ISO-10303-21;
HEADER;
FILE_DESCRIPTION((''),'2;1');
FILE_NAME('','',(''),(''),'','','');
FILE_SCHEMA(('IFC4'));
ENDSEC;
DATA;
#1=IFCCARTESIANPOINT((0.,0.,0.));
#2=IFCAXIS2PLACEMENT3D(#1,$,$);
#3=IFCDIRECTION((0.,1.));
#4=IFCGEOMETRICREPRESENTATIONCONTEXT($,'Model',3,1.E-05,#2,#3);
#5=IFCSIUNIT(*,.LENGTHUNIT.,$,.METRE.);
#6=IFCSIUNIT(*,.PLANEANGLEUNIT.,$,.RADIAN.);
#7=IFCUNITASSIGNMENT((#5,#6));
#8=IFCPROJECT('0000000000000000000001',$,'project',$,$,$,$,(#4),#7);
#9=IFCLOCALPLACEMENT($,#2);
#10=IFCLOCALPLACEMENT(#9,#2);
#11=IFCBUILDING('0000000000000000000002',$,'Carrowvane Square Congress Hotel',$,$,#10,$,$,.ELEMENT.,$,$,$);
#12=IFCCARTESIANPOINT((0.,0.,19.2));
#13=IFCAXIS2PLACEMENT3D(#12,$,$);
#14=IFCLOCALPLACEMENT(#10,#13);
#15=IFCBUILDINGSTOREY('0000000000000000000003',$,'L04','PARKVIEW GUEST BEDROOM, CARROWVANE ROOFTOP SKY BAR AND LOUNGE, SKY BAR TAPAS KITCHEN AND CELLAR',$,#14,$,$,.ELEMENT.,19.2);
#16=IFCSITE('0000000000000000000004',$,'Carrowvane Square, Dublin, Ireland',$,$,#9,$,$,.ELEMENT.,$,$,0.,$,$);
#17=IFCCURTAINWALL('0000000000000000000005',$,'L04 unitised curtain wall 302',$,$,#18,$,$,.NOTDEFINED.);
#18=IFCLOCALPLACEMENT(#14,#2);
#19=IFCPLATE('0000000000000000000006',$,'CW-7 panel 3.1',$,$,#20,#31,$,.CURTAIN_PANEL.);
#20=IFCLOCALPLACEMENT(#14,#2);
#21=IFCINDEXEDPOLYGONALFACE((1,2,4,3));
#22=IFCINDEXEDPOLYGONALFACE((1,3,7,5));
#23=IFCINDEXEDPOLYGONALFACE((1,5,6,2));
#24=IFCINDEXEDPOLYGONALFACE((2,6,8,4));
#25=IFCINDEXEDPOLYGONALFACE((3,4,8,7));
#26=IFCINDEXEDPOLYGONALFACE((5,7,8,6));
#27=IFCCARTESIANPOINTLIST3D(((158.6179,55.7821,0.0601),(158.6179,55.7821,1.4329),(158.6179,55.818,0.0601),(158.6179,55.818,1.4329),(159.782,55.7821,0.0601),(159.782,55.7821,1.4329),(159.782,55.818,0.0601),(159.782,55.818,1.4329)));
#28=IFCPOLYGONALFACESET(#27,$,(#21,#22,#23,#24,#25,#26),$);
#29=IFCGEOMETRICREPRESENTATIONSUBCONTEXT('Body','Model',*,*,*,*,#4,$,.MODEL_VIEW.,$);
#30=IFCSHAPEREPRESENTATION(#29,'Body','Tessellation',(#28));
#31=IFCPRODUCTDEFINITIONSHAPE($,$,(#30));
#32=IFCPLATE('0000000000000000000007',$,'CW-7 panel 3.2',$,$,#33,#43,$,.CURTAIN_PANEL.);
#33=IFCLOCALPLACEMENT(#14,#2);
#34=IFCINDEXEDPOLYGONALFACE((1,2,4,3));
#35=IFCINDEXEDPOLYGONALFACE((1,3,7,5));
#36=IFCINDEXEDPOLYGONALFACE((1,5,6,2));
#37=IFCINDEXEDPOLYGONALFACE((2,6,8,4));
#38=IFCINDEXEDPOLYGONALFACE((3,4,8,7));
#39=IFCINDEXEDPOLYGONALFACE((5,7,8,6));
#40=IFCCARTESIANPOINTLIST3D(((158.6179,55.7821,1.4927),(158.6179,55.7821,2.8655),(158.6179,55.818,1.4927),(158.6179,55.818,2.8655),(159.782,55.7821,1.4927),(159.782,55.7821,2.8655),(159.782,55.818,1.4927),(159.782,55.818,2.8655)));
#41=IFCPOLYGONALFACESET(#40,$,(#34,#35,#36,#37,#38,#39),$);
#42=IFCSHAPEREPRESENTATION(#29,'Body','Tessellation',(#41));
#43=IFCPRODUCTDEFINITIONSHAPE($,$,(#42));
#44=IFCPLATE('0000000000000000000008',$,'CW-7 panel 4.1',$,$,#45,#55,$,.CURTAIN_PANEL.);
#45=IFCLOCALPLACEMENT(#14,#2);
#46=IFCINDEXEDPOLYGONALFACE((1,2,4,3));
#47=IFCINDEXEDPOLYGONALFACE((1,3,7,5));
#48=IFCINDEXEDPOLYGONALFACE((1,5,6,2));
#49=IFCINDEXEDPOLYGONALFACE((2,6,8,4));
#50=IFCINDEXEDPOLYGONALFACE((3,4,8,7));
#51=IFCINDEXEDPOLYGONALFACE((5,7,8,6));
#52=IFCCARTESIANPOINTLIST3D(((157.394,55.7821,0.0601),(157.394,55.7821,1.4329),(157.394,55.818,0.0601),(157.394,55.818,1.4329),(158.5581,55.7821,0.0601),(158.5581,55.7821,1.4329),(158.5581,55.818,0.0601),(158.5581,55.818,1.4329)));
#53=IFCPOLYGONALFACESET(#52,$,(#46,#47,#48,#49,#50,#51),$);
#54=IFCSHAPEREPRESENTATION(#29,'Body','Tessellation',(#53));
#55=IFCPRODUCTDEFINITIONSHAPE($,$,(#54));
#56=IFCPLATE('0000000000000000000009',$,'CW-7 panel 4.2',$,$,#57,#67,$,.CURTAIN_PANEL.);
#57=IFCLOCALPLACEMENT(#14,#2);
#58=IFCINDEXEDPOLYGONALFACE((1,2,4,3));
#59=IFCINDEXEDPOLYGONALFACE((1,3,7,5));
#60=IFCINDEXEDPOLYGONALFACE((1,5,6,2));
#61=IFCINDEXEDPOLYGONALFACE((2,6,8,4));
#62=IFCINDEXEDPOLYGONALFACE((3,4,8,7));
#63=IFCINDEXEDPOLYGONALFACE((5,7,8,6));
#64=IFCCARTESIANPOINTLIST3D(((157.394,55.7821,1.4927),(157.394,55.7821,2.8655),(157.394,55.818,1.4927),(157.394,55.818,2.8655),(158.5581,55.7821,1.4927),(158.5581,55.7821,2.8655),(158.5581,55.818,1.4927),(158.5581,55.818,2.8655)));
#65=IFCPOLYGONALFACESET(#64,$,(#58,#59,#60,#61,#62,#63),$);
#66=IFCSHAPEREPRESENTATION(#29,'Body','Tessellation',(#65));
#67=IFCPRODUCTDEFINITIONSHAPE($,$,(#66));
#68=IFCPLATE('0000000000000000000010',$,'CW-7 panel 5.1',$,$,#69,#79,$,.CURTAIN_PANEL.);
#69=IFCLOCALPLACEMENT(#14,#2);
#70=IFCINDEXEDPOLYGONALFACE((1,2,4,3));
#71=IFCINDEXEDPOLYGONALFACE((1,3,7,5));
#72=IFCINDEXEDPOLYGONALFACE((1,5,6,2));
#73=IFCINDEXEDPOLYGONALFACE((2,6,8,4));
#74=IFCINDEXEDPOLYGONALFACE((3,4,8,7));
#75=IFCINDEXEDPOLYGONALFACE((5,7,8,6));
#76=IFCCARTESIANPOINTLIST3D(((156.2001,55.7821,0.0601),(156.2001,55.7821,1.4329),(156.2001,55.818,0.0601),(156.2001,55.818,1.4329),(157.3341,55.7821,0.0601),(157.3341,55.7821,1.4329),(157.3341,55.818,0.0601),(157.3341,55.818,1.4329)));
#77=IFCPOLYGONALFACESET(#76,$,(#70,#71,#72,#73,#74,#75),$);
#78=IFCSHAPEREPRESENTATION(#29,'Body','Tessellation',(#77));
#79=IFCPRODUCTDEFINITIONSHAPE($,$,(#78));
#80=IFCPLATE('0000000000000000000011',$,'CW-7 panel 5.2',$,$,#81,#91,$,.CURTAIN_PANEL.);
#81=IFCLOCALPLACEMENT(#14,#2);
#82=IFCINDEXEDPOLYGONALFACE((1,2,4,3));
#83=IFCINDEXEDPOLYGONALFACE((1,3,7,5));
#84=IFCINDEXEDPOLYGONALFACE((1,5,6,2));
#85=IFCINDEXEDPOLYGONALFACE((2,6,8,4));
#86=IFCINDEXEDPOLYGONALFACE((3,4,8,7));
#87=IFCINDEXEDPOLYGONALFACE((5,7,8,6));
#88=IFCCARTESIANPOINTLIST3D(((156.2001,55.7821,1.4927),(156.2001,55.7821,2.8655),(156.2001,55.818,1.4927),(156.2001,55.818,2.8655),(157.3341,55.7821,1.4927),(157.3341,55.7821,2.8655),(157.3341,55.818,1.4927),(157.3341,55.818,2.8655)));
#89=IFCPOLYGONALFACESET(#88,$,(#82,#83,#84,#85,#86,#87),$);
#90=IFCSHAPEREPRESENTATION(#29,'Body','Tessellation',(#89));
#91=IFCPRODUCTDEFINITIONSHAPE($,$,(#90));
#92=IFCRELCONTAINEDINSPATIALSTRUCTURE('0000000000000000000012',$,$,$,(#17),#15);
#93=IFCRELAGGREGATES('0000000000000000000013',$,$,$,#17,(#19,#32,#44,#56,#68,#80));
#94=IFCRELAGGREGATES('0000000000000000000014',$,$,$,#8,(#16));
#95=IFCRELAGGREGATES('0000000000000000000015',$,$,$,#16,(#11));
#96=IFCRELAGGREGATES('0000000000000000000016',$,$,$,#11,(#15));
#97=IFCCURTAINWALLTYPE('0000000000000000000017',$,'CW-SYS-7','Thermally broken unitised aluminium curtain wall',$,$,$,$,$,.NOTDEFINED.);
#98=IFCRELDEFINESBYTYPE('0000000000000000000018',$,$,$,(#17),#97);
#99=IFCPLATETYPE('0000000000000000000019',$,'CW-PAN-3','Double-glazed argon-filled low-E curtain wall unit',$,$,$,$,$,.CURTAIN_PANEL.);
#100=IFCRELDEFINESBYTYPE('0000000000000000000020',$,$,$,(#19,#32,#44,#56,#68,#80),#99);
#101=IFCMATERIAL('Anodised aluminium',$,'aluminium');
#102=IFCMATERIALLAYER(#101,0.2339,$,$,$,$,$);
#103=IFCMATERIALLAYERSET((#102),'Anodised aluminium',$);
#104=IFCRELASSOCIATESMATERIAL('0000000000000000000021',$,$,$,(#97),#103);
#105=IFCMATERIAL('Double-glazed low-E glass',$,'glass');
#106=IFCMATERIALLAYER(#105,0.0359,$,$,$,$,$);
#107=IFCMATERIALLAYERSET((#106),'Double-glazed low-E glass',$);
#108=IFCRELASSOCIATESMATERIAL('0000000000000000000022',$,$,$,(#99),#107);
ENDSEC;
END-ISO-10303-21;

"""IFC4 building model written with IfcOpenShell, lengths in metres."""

from ifc_helpers import new_model, si_unit, direction, frame, origin, origin_2d, place, context, subcontext, project, spatial, rectangle, extrude, material, layer, layer_set, type_object, element, aggregate, save


model = new_model("IFC4")

# Units and contexts
model_context = context("Model", 3, precision=1e-05, world=origin(), true_north=direction((0.0, 1.0)))
body_context = subcontext(model_context, "Body", "Model", "MODEL_VIEW")
ifc_project = project(units=[si_unit("LENGTHUNIT", "METRE"), si_unit("PLANEANGLEUNIT", "RADIAN")], contexts=[model_context])

# Site, building, storey
site_placement = place(None, origin())
site = spatial("IfcSite", under=ifc_project, at=site_placement, Name="Carrowvane Square, Dublin, Ireland", CompositionType="ELEMENT", RefElevation=0.0)
building_placement = place(site_placement, origin())
building = spatial("IfcBuilding", under=site, at=building_placement, Name="Carrowvane Square Congress Hotel", CompositionType="ELEMENT")
storey_placement = place(building_placement, frame((0.0, 0.0, 19.2)))
storey = spatial("IfcBuildingStorey", under=building, at=storey_placement, Name="L04", Description="PARKVIEW GUEST BEDROOM, CARROWVANE ROOFTOP SKY BAR AND LOUNGE, SKY BAR TAPAS KITCHEN AND CELLAR", CompositionType="ELEMENT", Elevation=19.2)

# Curtain wall, plates
ifc_material_1 = material(Name="Anodised aluminium", Category="aluminium")
ifc_layer_1 = layer(ifc_material_1, 0.2339)
ifc_layer_set_1 = layer_set([ifc_layer_1], Name="Anodised aluminium")
curtain_wall_type = type_object("IfcCurtainWallType", Name="CW-SYS-7", Description="Thermally broken unitised aluminium curtain wall", PredefinedType="NOTDEFINED", material=ifc_layer_set_1)
curtain_wall_placement = place(storey_placement, origin())
curtain_wall = element("IfcCurtainWall", 1, at=curtain_wall_placement, inside=storey, type_object=curtain_wall_type, Name="L04 unitised curtain wall 302", PredefinedType="NOTDEFINED")
ifc_material_2 = material(Name="Double-glazed low-E glass", Category="glass")
ifc_layer_2 = layer(ifc_material_2, 0.0359)
ifc_layer_set_2 = layer_set([ifc_layer_2], Name="Double-glazed low-E glass")
plate_type = type_object("IfcPlateType", Name="CW-PAN-3", Description="Double-glazed argon-filled low-E curtain wall unit", PredefinedType="CURTAIN_PANEL", material=ifc_layer_set_2)
plate_1_placement = place(storey_placement, frame((159.2, 55.8, 0.0601), z_axis=(0.0, 0.0, 1.0), x_axis=(-1.0, 0.0, 0.0)))
plate_1 = element("IfcPlate", 2, at=plate_1_placement, type_object=plate_type, Name="CW-7 panel 3.1", PredefinedType="CURTAIN_PANEL", context=body_context, shape_type="SweptSolid", body=[
    extrude(rectangle(XDim=1.1641, YDim=0.0359, at=origin_2d()), origin(), (0.0, 0.0, 1.0), 1.3728),
])
plate_2_placement = place(storey_placement, frame((159.2, 55.8, 1.4927), z_axis=(0.0, 0.0, 1.0), x_axis=(-1.0, 0.0, 0.0)))
plate_2 = element("IfcPlate", 3, at=plate_2_placement, type_object=plate_type, Name="CW-7 panel 3.2", PredefinedType="CURTAIN_PANEL", context=body_context, shape_type="SweptSolid", body=[
    extrude(rectangle(XDim=1.1641, YDim=0.0359, at=origin_2d()), origin(), (0.0, 0.0, 1.0), 1.3728),
])
plate_3_placement = place(storey_placement, frame((157.9761, 55.8, 0.0601), z_axis=(0.0, 0.0, 1.0), x_axis=(-1.0, 0.0, 0.0)))
plate_3 = element("IfcPlate", 4, at=plate_3_placement, type_object=plate_type, Name="CW-7 panel 4.1", PredefinedType="CURTAIN_PANEL", context=body_context, shape_type="SweptSolid", body=[
    extrude(rectangle(XDim=1.1641, YDim=0.0359, at=origin_2d()), origin(), (0.0, 0.0, 1.0), 1.3728),
])
plate_4_placement = place(storey_placement, frame((157.9761, 55.8, 1.4927), z_axis=(0.0, 0.0, 1.0), x_axis=(-1.0, 0.0, 0.0)))
plate_4 = element("IfcPlate", 5, at=plate_4_placement, type_object=plate_type, Name="CW-7 panel 4.2", PredefinedType="CURTAIN_PANEL", context=body_context, shape_type="SweptSolid", body=[
    extrude(rectangle(XDim=1.1641, YDim=0.0359, at=origin_2d()), origin(), (0.0, 0.0, 1.0), 1.3728),
])
plate_5_placement = place(storey_placement, frame((156.7671, 55.8, 0.0601), z_axis=(0.0, 0.0, 1.0), x_axis=(-1.0, 0.0, 0.0)))
plate_5 = element("IfcPlate", 6, at=plate_5_placement, type_object=plate_type, Name="CW-7 panel 5.1", PredefinedType="CURTAIN_PANEL", context=body_context, shape_type="SweptSolid", body=[
    extrude(rectangle(XDim=1.134, YDim=0.0359, at=origin_2d()), origin(), (0.0, 0.0, 1.0), 1.3728),
])
plate_6_placement = place(storey_placement, frame((156.7671, 55.8, 1.4927), z_axis=(0.0, 0.0, 1.0), x_axis=(-1.0, 0.0, 0.0)))
plate_6 = element("IfcPlate", 7, at=plate_6_placement, type_object=plate_type, Name="CW-7 panel 5.2", PredefinedType="CURTAIN_PANEL", context=body_context, shape_type="SweptSolid", body=[
    extrude(rectangle(XDim=1.134, YDim=0.0359, at=origin_2d()), origin(), (0.0, 0.0, 1.0), 1.3728),
])
aggregate(curtain_wall, [plate_1, plate_2, plate_3, plate_4, plate_5, plate_6])

save(model, "model.ifc")
